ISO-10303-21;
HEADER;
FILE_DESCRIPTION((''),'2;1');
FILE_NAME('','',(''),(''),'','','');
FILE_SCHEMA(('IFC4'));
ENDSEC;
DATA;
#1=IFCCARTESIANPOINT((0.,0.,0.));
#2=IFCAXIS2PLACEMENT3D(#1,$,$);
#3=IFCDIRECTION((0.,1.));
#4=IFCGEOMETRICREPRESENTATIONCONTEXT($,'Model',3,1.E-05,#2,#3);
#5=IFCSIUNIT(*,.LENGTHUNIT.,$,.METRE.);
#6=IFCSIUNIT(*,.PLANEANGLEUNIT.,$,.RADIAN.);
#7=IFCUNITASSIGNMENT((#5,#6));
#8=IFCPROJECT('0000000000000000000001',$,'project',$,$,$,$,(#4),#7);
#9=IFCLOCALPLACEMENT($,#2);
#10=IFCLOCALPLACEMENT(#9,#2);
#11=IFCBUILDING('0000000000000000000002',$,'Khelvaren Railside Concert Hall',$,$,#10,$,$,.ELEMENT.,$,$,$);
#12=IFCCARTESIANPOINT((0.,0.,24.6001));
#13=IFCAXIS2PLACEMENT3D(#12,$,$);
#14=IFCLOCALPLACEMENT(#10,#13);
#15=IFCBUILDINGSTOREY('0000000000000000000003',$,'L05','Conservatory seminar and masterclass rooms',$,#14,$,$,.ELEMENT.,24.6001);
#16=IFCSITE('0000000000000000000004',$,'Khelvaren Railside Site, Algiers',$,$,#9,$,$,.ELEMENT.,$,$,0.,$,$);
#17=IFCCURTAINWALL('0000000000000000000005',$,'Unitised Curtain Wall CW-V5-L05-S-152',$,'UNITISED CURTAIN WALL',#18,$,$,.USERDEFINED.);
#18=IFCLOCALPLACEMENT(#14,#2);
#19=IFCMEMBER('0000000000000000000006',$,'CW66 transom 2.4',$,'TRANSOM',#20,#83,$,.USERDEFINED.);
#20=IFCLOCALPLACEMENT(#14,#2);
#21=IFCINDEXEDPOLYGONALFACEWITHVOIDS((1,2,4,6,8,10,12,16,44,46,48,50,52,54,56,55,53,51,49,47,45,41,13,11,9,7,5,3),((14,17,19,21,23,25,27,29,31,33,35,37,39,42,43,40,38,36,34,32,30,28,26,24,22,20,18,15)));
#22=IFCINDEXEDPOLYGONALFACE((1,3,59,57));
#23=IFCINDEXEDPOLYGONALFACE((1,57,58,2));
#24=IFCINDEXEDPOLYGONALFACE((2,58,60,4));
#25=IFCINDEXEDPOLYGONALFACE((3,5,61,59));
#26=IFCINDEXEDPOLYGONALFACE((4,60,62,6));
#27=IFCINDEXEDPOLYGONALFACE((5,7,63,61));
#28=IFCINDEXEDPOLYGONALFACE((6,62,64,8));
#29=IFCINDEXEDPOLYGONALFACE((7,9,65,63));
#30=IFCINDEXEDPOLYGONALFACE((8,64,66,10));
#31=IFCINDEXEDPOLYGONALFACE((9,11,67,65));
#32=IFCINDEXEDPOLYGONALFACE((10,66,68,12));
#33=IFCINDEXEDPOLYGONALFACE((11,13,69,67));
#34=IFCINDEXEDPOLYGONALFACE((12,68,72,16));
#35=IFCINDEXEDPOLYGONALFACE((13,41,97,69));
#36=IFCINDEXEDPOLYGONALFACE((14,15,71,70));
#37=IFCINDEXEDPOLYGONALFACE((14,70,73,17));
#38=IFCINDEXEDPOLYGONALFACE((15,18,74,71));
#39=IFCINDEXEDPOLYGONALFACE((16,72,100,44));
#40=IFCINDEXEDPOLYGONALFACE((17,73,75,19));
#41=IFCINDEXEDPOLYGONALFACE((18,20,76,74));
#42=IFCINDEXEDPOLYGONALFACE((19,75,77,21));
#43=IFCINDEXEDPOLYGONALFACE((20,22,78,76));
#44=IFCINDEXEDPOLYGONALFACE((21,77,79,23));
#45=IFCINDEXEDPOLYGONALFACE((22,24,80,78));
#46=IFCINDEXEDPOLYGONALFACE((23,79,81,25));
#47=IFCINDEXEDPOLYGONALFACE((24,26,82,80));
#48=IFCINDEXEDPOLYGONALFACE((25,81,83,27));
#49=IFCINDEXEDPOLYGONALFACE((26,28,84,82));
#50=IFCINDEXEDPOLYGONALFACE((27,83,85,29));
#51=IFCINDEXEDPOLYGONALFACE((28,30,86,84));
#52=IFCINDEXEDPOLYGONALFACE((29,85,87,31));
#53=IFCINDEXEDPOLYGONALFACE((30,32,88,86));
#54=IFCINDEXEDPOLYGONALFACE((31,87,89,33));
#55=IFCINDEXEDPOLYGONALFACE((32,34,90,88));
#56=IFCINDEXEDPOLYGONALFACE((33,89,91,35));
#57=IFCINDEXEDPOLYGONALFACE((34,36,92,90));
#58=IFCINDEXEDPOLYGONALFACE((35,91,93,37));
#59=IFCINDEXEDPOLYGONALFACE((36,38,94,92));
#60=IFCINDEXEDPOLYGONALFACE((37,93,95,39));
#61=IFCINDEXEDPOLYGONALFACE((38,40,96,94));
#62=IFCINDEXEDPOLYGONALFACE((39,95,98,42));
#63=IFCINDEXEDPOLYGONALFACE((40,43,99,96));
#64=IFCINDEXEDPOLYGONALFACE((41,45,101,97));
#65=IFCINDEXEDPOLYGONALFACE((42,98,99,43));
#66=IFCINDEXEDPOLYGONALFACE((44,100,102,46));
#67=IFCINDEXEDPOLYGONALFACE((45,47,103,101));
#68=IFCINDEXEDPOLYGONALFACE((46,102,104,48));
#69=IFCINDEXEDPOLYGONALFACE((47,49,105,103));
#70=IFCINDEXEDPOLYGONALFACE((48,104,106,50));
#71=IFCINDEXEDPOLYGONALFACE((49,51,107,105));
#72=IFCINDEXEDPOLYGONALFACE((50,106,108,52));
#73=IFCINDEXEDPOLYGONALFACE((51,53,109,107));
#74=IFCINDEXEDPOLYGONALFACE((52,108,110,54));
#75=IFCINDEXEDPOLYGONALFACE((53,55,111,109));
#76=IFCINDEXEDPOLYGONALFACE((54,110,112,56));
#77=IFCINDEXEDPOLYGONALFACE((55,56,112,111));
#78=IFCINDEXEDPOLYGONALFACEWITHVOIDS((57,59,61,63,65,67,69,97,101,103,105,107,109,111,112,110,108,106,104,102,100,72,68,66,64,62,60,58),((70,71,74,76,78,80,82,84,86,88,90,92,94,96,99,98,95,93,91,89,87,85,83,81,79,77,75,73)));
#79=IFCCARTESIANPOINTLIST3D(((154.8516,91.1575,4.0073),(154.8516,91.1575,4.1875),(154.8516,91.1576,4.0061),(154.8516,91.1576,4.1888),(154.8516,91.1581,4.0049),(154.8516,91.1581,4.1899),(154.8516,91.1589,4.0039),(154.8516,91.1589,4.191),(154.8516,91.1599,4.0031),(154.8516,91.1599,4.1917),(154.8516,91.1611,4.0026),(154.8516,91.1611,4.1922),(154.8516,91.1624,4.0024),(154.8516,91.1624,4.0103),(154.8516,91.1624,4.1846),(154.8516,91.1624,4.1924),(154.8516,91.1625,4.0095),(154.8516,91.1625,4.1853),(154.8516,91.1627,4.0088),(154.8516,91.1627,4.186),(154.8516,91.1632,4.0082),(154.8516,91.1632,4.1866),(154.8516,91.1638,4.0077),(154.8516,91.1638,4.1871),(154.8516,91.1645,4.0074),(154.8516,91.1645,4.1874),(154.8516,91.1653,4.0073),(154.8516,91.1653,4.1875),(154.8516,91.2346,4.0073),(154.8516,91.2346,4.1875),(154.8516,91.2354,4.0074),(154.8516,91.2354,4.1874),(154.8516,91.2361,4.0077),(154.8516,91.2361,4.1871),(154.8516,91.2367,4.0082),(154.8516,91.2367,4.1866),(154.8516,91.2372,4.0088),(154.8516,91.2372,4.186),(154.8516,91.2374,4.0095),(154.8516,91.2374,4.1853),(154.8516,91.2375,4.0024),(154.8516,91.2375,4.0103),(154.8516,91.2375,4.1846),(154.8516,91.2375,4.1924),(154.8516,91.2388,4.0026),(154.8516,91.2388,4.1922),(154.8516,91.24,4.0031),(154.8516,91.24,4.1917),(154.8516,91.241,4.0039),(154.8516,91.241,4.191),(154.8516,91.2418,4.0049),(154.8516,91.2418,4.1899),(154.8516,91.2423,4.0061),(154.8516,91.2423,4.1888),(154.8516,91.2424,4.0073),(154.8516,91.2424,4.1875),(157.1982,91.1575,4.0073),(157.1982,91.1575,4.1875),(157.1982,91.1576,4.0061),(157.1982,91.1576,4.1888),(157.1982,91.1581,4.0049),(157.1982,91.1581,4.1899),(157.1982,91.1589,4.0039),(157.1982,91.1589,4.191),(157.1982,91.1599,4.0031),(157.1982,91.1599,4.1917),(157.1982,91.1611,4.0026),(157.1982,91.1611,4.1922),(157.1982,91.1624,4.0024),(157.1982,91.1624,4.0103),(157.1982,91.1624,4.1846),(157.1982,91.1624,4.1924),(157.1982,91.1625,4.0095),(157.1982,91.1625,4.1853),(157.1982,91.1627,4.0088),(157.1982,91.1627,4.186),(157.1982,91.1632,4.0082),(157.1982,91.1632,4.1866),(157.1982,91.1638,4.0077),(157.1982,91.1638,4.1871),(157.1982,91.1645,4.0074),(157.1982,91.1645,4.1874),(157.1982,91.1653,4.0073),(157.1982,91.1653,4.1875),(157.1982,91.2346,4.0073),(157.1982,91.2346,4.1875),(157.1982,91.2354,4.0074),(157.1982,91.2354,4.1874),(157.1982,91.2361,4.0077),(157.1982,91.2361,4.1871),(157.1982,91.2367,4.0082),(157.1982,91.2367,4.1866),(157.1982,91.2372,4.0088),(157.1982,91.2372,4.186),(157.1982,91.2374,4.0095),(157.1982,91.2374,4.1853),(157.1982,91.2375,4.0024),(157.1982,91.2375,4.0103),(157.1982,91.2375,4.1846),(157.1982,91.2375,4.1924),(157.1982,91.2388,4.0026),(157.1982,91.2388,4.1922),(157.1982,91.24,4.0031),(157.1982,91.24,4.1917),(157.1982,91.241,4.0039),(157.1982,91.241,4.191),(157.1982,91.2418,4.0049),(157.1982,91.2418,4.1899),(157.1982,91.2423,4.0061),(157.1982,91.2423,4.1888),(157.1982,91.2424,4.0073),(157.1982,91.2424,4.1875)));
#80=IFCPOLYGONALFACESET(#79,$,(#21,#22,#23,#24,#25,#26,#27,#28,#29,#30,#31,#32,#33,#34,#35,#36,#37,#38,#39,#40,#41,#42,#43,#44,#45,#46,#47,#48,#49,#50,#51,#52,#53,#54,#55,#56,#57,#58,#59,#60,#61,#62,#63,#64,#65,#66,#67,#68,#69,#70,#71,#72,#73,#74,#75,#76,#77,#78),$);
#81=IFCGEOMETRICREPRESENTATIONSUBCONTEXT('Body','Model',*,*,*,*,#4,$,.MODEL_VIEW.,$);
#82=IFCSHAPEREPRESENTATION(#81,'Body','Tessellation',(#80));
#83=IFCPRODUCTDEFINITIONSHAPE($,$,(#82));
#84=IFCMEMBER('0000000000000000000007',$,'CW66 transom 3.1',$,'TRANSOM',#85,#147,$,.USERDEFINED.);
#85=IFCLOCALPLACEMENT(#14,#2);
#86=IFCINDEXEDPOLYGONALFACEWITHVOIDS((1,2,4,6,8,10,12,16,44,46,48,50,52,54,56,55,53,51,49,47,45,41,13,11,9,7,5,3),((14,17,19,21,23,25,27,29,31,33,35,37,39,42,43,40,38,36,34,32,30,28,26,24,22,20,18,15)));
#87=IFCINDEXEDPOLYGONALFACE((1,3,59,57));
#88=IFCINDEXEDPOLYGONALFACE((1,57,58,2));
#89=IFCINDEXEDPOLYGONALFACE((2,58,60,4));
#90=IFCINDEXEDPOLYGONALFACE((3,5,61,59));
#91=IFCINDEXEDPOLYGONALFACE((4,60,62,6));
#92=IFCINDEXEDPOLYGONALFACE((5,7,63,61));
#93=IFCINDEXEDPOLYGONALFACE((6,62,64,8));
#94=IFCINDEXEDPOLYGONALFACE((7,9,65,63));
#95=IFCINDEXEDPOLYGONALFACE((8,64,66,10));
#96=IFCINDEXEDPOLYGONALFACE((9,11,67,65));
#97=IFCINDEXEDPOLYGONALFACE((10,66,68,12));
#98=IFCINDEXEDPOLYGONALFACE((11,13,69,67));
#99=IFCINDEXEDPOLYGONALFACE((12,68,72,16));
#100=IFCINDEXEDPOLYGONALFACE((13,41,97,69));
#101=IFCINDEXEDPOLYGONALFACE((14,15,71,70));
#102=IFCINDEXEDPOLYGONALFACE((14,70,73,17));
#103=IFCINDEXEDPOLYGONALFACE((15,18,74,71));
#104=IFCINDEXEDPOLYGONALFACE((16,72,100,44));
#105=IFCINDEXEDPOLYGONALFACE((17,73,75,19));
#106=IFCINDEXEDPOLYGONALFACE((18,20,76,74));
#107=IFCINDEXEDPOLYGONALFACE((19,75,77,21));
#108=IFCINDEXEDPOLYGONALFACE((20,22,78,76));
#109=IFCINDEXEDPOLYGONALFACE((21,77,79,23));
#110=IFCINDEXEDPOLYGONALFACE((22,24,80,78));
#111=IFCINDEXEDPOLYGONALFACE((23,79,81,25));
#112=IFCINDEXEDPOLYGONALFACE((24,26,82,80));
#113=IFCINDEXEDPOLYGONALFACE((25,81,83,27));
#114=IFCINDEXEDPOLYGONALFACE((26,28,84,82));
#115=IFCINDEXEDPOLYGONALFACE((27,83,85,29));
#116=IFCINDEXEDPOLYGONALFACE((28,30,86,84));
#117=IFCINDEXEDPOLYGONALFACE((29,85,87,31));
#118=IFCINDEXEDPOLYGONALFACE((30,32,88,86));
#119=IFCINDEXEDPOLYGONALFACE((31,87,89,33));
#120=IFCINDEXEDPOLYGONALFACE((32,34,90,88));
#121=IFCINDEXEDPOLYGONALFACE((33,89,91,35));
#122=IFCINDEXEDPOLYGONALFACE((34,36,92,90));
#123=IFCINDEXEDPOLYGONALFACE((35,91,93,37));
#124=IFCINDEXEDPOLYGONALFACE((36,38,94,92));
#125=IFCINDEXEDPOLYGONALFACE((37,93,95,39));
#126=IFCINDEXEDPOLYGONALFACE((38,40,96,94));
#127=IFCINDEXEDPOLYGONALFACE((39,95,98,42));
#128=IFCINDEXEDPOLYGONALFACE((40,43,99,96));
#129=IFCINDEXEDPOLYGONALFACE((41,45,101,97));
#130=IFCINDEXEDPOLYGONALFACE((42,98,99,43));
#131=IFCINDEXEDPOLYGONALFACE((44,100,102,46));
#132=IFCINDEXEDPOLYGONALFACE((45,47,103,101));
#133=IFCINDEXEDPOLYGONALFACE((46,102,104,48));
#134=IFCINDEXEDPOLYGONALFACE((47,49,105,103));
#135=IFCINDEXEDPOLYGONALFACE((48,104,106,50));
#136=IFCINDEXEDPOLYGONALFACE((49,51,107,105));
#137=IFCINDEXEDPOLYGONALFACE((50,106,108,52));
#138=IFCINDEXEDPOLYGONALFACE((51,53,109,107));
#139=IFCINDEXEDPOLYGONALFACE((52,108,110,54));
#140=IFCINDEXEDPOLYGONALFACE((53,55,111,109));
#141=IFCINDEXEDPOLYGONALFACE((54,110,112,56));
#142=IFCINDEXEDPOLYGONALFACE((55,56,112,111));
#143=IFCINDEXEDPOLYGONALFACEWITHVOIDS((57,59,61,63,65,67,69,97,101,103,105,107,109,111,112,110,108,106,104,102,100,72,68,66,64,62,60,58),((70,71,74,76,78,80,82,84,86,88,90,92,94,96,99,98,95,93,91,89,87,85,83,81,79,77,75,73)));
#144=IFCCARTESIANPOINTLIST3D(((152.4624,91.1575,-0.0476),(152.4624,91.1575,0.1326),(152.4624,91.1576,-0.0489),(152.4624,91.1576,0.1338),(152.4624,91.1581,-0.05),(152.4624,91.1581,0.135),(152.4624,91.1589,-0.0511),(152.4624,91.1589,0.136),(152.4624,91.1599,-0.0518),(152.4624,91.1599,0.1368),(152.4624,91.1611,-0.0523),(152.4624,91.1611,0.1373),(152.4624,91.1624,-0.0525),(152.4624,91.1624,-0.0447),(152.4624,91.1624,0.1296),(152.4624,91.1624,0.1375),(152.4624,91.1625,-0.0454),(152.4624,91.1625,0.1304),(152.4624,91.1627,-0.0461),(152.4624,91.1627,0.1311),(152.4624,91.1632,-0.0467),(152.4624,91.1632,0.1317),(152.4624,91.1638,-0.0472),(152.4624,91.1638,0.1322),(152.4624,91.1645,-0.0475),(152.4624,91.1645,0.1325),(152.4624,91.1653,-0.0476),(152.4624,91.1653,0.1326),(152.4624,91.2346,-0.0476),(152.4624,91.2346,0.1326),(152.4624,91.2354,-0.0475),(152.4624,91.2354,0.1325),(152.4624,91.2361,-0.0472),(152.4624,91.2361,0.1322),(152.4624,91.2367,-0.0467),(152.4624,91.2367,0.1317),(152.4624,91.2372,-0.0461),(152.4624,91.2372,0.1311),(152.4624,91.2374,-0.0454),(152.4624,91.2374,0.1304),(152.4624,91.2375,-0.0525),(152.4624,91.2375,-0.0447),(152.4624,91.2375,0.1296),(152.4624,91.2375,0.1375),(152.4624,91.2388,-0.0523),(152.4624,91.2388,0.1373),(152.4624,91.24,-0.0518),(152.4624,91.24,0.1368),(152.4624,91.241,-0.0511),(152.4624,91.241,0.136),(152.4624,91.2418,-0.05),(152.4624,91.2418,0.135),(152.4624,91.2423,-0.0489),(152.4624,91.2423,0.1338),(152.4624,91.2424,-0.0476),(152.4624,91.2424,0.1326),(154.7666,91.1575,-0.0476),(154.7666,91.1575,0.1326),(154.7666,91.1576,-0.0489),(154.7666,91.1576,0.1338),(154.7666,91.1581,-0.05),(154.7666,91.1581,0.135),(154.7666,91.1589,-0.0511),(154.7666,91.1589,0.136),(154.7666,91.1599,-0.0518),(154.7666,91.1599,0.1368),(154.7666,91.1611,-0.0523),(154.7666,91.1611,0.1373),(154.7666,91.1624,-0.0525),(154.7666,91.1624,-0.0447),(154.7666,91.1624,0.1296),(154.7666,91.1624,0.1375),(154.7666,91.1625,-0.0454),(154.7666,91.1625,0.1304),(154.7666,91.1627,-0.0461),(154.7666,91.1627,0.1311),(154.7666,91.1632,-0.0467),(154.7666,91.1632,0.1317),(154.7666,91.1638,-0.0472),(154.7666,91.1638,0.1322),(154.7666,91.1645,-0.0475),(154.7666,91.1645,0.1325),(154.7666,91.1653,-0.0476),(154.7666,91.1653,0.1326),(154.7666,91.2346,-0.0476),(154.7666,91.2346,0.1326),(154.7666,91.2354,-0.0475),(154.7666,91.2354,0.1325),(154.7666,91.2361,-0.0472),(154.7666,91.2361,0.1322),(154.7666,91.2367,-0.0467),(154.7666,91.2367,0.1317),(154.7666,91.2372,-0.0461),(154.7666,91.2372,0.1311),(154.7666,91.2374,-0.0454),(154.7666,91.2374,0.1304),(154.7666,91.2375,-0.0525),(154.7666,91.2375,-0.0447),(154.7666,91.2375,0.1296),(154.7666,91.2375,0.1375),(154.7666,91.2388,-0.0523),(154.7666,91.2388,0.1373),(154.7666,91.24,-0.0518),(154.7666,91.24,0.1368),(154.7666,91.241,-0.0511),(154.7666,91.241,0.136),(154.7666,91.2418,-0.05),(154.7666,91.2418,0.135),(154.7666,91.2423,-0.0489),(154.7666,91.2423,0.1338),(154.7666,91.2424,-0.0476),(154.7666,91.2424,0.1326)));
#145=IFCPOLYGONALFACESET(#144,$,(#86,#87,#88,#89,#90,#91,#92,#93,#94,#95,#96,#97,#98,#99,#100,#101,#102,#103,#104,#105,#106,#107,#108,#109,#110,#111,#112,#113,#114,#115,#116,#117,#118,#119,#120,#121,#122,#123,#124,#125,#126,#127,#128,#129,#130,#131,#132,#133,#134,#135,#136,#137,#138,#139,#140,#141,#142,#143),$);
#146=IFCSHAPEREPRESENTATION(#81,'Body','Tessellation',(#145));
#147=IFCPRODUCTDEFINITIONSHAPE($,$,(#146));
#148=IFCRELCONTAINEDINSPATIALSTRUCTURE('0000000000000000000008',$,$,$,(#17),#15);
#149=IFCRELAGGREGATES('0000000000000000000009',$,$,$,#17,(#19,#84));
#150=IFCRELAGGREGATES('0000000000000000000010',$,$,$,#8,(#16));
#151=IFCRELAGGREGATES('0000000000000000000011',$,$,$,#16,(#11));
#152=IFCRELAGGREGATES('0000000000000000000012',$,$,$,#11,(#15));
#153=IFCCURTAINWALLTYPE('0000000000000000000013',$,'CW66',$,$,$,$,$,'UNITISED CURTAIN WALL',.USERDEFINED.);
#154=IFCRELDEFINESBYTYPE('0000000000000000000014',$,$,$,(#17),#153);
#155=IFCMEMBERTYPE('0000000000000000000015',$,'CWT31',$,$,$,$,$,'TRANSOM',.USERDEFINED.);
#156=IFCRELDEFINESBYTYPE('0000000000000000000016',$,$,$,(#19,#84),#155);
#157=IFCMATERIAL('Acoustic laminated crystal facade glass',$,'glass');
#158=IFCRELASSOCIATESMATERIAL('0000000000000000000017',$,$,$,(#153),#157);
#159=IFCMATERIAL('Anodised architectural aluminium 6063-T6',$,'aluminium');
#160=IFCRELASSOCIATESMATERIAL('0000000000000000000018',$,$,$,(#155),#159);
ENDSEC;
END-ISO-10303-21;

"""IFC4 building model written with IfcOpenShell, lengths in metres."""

from ifc_helpers import new_model, si_unit, direction, frame, origin, origin_2d, place, context, subcontext, project, spatial, hollow_rectangle, extrude, material, material_profile, profile_set, type_object, element, aggregate, save


model = new_model("IFC4")

# Units and contexts
model_context = context("Model", 3, precision=1e-05, world=origin(), true_north=direction((0.0, 1.0)))
body_context = subcontext(model_context, "Body", "Model", "MODEL_VIEW")
ifc_project = project(units=[si_unit("LENGTHUNIT", "METRE"), si_unit("PLANEANGLEUNIT", "RADIAN")], contexts=[model_context])

# Site, building, storey
site_placement = place(None, origin())
site = spatial("IfcSite", under=ifc_project, at=site_placement, Name="Khelvaren Railside Site, Algiers", CompositionType="ELEMENT", RefElevation=0.0)
building_placement = place(site_placement, origin())
building = spatial("IfcBuilding", under=site, at=building_placement, Name="Khelvaren Railside Concert Hall", CompositionType="ELEMENT")
storey_placement = place(building_placement, frame((0.0, 0.0, 24.6001)))
storey = spatial("IfcBuildingStorey", under=building, at=storey_placement, Name="L05", Description="Conservatory seminar and masterclass rooms", CompositionType="ELEMENT", Elevation=24.6001)

# Curtain wall, members
ifc_material_1 = material(Name="Acoustic laminated crystal facade glass", Category="glass")
curtain_wall_type = type_object("IfcCurtainWallType", Name="CW66", ElementType="UNITISED CURTAIN WALL", PredefinedType="USERDEFINED", material=ifc_material_1)
curtain_wall_placement = place(storey_placement, origin())
curtain_wall = element("IfcCurtainWall", 1, at=curtain_wall_placement, inside=storey, type_object=curtain_wall_type, Name="Unitised Curtain Wall CW-V5-L05-S-152", ObjectType="UNITISED CURTAIN WALL", PredefinedType="USERDEFINED")
ifc_material_2 = material(Name="Anodised architectural aluminium 6063-T6", Category="aluminium")
ifc_material_profile_1 = material_profile(ifc_material_2, hollow_rectangle(XDim=0.085, YDim=0.1899, WallThickness=0.0049, InnerFilletRadius=0.0029, OuterFilletRadius=0.0049, at=origin_2d()), Name="CWT 85x190x5")
ifc_profile_set_1 = profile_set([ifc_material_profile_1], Name="Anodised architectural aluminium 6063-T6")
member_type_1 = type_object("IfcMemberType", Name="CWT31", ElementType="TRANSOM", PredefinedType="USERDEFINED", material=ifc_profile_set_1)
member_1_placement = place(storey_placement, frame((157.1982, 91.2, 4.0974), z_axis=(-1.0, 0.0, 0.0), x_axis=(0.0, -1.0, 0.0)))
member_1 = element("IfcMember", 2, at=member_1_placement, type_object=member_type_1, Name="CW66 transom 2.4", ObjectType="TRANSOM", PredefinedType="USERDEFINED", context=body_context, shape_type="SweptSolid", body=[
    extrude(hollow_rectangle(XDim=0.085, YDim=0.1899, WallThickness=0.0049, InnerFilletRadius=0.0029, OuterFilletRadius=0.0049, at=origin_2d()), origin(), (0.0, 0.0, 1.0), 2.3467),
])
member_2_placement = place(storey_placement, frame((154.7666, 91.2, 0.0425), z_axis=(-1.0, 0.0, 0.0), x_axis=(0.0, -1.0, 0.0)))
member_2 = element("IfcMember", 3, at=member_2_placement, type_object=member_type_1, Name="CW66 transom 3.1", ObjectType="TRANSOM", PredefinedType="USERDEFINED", context=body_context, shape_type="SweptSolid", body=[
    extrude(hollow_rectangle(XDim=0.085, YDim=0.1899, WallThickness=0.0049, InnerFilletRadius=0.0029, OuterFilletRadius=0.0049, at=origin_2d()), origin(), (0.0, 0.0, 1.0), 2.3042),
])
aggregate(curtain_wall, [member_1, member_2])

save(model, "model.ifc")
